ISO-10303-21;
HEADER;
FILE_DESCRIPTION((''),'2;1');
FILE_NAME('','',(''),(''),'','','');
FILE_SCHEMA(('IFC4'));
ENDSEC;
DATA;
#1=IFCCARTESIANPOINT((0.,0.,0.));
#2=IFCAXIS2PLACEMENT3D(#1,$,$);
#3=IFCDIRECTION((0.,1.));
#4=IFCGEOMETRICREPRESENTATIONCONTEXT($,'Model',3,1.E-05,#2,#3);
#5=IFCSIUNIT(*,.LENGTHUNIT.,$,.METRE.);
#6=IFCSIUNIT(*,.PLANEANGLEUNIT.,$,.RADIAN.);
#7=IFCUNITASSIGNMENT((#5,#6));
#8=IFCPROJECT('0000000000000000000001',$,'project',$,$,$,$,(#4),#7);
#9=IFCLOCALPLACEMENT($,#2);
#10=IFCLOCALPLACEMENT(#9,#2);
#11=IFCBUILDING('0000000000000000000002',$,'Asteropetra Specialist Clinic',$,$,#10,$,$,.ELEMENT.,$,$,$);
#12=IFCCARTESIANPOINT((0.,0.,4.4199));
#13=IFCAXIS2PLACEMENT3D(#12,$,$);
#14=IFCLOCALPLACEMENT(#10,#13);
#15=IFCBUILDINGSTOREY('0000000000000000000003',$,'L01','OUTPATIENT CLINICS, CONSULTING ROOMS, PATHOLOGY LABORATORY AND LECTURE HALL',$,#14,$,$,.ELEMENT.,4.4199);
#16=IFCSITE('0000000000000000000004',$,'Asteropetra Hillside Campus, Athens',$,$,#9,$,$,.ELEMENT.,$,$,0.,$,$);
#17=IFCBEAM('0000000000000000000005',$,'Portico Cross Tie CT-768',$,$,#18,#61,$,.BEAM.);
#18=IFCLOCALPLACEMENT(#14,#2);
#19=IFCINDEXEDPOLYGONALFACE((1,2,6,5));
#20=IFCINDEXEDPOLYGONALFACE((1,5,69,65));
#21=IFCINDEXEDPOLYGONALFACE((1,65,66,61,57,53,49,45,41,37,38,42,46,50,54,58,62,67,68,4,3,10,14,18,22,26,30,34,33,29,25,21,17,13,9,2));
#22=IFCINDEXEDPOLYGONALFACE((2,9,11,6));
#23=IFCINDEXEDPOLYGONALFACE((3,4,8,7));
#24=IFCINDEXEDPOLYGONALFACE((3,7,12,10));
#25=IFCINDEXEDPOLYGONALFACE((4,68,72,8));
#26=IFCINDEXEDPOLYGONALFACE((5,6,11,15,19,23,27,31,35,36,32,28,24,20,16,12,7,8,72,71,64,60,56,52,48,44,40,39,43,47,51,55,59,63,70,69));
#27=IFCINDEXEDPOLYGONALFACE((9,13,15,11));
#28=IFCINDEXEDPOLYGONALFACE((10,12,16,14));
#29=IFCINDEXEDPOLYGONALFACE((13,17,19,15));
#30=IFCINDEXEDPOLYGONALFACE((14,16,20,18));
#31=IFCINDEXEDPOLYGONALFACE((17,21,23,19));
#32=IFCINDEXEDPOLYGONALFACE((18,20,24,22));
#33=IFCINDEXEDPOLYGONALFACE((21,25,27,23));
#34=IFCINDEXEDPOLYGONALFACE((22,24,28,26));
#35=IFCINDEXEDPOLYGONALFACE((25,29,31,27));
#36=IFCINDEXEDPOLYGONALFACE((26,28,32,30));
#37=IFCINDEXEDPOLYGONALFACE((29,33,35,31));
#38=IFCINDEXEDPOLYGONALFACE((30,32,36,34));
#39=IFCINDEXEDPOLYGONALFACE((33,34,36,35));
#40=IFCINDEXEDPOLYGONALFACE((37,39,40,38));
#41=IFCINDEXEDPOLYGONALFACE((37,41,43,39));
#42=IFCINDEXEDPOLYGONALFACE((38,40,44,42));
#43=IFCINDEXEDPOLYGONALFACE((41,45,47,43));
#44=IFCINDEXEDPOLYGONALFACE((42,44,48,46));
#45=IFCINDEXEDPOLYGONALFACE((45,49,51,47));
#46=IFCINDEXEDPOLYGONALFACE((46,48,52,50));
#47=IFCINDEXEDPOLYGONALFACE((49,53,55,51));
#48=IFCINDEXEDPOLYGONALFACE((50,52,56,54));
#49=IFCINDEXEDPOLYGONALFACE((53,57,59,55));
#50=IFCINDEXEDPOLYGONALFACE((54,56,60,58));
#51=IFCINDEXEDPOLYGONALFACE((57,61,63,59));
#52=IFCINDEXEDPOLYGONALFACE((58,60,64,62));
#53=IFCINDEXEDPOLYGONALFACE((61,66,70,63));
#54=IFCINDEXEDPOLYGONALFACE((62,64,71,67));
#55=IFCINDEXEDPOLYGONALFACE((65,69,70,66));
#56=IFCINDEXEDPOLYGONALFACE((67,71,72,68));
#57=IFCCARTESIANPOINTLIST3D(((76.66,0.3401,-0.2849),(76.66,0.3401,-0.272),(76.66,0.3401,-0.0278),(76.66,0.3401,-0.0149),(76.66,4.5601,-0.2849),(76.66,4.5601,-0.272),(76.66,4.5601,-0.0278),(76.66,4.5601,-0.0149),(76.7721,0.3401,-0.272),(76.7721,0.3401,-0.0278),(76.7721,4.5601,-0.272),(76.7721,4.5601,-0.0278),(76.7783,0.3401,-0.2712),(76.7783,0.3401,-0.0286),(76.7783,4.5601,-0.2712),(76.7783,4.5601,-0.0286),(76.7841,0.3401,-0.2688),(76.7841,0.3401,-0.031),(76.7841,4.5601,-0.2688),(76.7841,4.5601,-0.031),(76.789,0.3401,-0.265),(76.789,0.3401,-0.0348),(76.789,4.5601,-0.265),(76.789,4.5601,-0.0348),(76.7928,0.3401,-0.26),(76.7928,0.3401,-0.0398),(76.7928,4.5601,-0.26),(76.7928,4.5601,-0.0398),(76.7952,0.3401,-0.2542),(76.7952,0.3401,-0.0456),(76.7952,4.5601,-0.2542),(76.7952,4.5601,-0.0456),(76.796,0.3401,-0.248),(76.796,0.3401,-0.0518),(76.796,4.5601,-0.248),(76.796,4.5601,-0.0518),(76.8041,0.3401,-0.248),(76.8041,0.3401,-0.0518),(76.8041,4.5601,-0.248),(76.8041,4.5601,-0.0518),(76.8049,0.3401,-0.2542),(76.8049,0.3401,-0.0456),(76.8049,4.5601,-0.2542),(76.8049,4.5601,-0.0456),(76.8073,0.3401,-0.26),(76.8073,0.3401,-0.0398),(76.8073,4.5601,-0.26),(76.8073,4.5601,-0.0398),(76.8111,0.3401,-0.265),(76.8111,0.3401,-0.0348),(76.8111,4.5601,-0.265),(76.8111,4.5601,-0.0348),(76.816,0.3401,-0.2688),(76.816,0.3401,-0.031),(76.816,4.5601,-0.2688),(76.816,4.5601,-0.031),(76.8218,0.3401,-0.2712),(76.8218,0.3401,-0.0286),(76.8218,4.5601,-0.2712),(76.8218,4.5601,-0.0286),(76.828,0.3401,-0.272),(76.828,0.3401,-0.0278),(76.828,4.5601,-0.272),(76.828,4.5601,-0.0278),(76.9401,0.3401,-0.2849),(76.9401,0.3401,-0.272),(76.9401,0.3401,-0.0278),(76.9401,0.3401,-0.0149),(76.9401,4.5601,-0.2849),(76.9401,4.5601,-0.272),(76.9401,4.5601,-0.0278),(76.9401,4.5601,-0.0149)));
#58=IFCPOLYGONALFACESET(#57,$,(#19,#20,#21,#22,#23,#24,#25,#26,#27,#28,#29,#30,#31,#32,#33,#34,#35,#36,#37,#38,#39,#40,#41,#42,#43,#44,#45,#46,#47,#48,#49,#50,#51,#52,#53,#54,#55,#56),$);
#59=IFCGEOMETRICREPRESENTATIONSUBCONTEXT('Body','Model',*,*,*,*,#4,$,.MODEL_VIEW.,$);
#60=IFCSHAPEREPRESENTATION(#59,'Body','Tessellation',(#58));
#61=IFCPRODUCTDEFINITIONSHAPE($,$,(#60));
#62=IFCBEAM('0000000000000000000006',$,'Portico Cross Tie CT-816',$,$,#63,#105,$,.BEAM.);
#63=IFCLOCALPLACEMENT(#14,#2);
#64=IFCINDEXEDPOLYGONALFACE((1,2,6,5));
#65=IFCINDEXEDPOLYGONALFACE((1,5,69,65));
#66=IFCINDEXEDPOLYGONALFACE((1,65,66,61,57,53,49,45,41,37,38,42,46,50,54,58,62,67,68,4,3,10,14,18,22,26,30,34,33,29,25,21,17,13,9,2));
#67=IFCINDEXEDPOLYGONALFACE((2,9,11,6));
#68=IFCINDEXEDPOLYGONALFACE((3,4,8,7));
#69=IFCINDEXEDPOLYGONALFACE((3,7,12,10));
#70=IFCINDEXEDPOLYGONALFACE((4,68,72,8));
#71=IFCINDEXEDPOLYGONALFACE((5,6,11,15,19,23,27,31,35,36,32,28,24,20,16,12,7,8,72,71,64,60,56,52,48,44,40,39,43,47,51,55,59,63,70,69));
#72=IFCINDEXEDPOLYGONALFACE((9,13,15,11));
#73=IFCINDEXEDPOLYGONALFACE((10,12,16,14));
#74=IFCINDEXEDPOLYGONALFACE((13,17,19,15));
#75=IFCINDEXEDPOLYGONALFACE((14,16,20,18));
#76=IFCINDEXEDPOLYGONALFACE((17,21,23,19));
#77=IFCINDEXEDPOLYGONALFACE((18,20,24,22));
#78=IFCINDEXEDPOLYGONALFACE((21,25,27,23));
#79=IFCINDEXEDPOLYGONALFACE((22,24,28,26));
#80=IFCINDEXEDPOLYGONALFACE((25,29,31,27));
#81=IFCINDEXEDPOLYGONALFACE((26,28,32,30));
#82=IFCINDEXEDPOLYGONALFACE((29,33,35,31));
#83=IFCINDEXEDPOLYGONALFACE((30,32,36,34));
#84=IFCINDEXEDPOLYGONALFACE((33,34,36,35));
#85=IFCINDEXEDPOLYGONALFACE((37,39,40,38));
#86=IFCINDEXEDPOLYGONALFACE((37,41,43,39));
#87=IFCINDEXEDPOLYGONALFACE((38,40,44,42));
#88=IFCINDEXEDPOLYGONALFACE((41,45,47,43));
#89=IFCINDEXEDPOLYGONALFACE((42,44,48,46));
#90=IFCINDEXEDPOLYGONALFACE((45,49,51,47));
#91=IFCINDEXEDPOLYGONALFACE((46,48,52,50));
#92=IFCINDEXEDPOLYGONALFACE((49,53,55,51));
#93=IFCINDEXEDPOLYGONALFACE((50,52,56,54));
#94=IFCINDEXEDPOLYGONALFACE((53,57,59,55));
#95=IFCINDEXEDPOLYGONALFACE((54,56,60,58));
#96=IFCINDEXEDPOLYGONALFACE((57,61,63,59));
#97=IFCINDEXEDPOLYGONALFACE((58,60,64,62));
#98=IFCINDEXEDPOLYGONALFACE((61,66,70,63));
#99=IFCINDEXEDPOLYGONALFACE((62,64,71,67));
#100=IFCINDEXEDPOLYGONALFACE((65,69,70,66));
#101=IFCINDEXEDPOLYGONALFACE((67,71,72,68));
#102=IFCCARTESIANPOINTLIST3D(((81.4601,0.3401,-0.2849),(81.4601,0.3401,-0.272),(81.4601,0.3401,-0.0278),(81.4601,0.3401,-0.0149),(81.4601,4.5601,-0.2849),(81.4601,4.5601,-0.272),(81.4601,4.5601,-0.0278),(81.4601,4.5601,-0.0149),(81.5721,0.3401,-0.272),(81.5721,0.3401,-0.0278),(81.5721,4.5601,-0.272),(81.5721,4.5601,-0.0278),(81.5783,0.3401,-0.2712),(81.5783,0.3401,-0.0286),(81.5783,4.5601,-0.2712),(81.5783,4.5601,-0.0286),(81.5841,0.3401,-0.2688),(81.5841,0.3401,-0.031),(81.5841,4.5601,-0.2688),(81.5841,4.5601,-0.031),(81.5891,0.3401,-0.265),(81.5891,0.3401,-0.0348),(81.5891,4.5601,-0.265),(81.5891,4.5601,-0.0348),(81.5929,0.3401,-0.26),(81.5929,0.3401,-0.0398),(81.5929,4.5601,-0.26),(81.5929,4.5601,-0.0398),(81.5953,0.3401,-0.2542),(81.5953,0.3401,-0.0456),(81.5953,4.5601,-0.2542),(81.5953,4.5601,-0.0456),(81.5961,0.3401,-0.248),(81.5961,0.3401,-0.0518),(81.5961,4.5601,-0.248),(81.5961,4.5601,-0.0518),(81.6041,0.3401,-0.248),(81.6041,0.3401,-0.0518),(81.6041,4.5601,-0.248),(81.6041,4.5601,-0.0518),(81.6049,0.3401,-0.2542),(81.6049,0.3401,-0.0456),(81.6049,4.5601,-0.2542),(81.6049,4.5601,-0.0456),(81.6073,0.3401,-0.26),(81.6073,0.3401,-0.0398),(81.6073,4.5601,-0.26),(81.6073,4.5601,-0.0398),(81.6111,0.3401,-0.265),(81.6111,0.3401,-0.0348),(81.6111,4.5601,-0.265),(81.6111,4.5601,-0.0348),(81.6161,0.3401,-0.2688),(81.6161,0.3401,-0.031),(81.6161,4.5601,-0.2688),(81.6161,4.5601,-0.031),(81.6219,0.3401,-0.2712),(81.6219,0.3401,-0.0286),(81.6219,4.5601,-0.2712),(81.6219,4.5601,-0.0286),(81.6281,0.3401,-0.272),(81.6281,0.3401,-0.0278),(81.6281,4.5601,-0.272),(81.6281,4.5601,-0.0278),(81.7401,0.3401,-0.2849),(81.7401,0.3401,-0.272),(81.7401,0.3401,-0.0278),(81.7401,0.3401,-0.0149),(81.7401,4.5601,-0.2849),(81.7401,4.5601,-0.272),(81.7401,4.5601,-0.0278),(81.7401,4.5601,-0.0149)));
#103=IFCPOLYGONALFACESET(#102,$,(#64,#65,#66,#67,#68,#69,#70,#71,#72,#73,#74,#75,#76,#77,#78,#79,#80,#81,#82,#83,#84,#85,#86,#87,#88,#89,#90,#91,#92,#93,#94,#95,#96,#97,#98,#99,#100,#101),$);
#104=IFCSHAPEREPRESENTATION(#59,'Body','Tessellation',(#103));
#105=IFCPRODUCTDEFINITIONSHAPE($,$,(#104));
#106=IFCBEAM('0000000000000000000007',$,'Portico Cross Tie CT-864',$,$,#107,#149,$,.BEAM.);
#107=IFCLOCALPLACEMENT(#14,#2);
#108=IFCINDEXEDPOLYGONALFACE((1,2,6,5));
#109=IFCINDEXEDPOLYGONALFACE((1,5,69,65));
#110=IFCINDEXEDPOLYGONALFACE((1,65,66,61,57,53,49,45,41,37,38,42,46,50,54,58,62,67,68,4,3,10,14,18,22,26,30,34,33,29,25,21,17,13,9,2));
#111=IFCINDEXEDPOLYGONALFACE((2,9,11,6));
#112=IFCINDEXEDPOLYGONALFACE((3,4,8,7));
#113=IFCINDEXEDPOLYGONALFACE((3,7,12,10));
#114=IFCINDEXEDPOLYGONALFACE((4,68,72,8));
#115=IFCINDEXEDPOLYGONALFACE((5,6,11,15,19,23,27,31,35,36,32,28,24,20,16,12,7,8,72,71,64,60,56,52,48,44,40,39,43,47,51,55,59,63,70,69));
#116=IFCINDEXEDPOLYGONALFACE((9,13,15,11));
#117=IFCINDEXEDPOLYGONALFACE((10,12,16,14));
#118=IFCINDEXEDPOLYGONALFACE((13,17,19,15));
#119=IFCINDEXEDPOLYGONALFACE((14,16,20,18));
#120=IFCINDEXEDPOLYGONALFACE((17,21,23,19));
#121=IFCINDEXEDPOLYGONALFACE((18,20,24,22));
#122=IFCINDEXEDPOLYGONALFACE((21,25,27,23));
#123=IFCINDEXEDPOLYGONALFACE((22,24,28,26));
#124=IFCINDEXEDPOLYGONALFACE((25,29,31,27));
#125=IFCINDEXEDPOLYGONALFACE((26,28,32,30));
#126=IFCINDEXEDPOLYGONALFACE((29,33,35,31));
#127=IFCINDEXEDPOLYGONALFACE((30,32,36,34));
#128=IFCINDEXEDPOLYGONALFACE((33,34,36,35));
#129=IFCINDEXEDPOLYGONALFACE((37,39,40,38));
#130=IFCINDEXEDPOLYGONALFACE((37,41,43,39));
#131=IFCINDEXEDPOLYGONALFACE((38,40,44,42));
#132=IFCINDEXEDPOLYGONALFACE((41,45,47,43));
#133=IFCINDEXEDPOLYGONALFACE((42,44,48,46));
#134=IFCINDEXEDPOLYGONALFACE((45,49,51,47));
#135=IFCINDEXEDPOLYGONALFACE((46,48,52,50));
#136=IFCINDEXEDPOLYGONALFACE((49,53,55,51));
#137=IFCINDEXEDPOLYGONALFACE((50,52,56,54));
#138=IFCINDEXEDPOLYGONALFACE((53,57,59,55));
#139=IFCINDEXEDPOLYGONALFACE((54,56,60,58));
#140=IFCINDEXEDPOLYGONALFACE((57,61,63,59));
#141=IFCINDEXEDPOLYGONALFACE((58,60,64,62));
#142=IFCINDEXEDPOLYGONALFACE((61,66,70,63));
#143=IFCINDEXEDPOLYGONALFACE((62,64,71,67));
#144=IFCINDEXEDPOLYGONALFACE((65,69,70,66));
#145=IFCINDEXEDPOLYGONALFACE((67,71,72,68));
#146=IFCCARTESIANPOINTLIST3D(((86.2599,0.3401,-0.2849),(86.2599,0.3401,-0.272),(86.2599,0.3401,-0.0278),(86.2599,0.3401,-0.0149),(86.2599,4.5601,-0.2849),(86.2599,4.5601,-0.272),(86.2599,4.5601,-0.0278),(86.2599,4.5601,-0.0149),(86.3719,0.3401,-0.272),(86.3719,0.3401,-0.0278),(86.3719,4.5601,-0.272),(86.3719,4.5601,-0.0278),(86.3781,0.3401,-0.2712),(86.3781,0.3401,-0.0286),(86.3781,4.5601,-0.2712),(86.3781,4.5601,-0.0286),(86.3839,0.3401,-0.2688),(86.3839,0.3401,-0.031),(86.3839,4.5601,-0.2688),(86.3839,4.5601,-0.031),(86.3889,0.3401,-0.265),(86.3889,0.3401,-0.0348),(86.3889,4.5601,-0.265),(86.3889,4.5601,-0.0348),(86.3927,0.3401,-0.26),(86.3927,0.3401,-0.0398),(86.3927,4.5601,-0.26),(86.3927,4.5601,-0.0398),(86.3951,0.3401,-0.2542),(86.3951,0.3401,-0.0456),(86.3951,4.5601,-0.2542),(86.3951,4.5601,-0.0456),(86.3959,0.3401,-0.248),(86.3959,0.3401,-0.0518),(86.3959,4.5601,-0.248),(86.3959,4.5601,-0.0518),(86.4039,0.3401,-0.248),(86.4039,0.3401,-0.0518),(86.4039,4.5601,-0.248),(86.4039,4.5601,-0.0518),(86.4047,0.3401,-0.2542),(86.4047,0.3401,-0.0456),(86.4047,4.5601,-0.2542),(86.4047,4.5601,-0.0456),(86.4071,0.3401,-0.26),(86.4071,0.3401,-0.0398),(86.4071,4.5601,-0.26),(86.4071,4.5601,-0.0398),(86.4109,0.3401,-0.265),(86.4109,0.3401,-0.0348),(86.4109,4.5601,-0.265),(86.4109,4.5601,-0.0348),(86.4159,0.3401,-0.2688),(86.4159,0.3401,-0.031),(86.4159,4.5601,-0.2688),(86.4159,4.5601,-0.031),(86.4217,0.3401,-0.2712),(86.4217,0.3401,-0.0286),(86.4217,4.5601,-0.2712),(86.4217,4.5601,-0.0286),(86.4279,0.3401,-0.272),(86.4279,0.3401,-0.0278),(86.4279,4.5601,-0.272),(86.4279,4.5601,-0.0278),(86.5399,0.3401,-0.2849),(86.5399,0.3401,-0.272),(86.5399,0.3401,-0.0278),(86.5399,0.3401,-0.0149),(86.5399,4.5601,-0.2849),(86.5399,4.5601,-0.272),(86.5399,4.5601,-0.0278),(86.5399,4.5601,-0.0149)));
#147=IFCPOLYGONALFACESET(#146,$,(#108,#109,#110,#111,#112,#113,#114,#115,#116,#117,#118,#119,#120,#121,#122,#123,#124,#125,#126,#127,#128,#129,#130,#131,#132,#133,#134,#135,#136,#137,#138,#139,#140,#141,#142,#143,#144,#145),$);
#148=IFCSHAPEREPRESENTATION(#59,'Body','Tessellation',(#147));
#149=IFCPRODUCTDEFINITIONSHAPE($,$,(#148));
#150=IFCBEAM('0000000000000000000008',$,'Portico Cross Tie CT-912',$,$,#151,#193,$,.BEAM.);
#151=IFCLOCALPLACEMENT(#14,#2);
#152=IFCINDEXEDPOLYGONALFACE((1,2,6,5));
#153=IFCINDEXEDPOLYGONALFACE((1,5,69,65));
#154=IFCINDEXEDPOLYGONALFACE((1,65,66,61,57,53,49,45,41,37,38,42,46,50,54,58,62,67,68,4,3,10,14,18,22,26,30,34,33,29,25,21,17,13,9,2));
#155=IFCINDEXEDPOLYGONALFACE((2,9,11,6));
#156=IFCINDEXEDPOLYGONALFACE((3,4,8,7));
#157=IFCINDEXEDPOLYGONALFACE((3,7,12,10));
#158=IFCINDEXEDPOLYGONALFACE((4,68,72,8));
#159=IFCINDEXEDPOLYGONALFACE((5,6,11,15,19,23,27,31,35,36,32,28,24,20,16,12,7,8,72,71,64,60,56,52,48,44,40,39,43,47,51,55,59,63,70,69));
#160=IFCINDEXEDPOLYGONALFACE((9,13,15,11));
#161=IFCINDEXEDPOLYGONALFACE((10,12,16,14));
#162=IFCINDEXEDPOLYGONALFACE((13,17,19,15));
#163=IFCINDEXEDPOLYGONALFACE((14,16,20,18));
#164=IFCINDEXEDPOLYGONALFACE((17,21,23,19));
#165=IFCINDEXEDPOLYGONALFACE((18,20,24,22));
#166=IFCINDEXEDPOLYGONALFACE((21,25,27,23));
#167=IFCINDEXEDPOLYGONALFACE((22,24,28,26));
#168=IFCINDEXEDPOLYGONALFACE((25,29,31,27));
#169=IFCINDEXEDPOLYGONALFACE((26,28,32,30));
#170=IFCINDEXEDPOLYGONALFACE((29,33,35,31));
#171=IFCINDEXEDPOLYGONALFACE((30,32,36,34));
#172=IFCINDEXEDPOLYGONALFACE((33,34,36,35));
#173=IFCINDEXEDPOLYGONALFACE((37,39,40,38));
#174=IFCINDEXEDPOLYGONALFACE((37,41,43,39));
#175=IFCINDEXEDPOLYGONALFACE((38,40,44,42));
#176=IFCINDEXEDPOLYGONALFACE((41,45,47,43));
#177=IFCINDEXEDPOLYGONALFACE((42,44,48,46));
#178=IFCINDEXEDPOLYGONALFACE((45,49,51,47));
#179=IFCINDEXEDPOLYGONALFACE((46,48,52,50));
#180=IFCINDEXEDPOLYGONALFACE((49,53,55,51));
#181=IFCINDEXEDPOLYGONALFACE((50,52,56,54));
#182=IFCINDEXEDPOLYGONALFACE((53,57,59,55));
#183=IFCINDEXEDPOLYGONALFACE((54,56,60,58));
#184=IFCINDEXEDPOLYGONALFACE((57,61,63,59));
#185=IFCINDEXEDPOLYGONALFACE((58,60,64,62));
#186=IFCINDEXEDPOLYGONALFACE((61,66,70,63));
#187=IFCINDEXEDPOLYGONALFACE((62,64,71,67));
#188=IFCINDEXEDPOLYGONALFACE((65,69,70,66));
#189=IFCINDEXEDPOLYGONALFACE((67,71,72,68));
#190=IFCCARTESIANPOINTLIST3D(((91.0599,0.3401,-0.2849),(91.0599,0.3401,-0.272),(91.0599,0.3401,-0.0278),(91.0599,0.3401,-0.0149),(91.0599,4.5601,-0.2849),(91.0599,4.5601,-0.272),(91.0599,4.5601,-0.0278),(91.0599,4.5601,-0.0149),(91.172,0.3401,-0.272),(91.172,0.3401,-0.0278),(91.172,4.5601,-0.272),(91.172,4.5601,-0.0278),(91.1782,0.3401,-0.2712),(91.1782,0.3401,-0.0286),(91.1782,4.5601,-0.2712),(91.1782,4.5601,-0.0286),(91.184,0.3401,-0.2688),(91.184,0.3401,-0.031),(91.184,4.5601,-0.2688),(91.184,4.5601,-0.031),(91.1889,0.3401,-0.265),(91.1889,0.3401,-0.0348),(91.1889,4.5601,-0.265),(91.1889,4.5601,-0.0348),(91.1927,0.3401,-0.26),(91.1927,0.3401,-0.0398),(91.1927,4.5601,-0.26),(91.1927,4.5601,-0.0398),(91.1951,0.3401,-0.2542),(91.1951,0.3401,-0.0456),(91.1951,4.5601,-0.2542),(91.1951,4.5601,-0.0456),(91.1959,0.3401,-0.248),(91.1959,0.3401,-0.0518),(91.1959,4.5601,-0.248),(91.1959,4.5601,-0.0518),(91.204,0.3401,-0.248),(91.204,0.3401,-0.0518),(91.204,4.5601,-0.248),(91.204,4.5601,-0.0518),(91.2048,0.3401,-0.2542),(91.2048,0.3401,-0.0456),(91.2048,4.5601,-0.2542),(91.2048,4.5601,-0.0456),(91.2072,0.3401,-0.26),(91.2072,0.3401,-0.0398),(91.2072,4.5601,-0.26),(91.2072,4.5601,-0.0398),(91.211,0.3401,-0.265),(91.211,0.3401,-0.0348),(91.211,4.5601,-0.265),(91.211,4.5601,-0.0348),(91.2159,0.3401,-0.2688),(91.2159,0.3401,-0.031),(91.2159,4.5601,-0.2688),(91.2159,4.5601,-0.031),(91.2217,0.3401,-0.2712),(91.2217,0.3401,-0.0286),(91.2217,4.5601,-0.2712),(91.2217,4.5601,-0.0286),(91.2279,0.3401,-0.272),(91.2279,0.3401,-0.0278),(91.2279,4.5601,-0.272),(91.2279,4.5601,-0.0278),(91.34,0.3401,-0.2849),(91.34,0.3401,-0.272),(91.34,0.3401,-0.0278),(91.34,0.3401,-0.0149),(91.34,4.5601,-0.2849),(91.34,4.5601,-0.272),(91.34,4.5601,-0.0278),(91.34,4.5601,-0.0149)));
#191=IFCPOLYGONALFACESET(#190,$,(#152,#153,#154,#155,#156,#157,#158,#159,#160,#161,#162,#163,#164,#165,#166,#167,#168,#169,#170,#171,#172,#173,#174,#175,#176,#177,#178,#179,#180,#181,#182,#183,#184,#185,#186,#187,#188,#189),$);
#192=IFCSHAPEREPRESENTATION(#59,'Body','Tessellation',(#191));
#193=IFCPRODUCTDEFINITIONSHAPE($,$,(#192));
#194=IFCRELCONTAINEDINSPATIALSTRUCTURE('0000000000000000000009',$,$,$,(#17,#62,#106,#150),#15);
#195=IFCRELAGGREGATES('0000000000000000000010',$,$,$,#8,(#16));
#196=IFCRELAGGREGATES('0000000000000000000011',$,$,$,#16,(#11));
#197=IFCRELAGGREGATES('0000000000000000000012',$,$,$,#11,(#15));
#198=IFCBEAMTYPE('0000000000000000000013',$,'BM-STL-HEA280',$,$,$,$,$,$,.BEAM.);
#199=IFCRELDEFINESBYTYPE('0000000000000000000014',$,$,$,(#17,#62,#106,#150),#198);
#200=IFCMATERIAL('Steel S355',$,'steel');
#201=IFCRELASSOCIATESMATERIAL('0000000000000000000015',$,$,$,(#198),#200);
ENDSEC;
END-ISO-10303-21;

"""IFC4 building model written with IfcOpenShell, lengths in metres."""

from ifc_helpers import new_model, si_unit, direction, frame, origin, origin_2d, place, context, subcontext, project, spatial, i_section, extrude, material, material_profile, profile_set, type_object, element, save


model = new_model("IFC4")

# Units and contexts
model_context = context("Model", 3, precision=1e-05, world=origin(), true_north=direction((0.0, 1.0)))
body_context = subcontext(model_context, "Body", "Model", "MODEL_VIEW")
ifc_project = project(units=[si_unit("LENGTHUNIT", "METRE"), si_unit("PLANEANGLEUNIT", "RADIAN")], contexts=[model_context])

# Site, building, storey
site_placement = place(None, origin())
site = spatial("IfcSite", under=ifc_project, at=site_placement, Name="Asteropetra Hillside Campus, Athens", CompositionType="ELEMENT", RefElevation=0.0)
building_placement = place(site_placement, origin())
building = spatial("IfcBuilding", under=site, at=building_placement, Name="Asteropetra Specialist Clinic", CompositionType="ELEMENT")
storey_placement = place(building_placement, frame((0.0, 0.0, 4.4199)))
storey = spatial("IfcBuildingStorey", under=building, at=storey_placement, Name="L01", Description="OUTPATIENT CLINICS, CONSULTING ROOMS, PATHOLOGY LABORATORY AND LECTURE HALL", CompositionType="ELEMENT", Elevation=4.4199)

# Beams
ifc_material_1 = material(Name="Steel S355", Category="steel")
ifc_material_profile_1 = material_profile(ifc_material_1, i_section(OverallWidth=0.28, OverallDepth=0.27, WebThickness=0.0081, FlangeThickness=0.0129, FilletRadius=0.0239, at=origin_2d()), Name="HEA 280")
ifc_profile_set_1 = profile_set([ifc_material_profile_1], Name="Steel S355")
beam_type_1 = type_object("IfcBeamType", Name="BM-STL-HEA280", PredefinedType="BEAM", material=ifc_profile_set_1)
for number, where, z_axis, x_axis, name in (
    (1, (76.8, 0.3401, -0.1499), (0.0, 1.0, 0.0), (-1.0, 0.0, 0.0), "Portico Cross Tie CT-768"),
    (2, (81.6001, 0.3401, -0.1499), (0.0, 1.0, 0.0), (-1.0, 0.0, 0.0), "Portico Cross Tie CT-816"),
    (3, (86.3999, 0.3401, -0.1499), (0.0, 1.0, 0.0), (-1.0, 0.0, 0.0), "Portico Cross Tie CT-864"),
    (4, (91.2, 0.3401, -0.1499), (0.0, 1.0, 0.0), (-1.0, 0.0, 0.0), "Portico Cross Tie CT-912"),
):
    element("IfcBeam", number, at=place(storey_placement, frame(where, z_axis=z_axis, x_axis=x_axis)), inside=storey, type_object=beam_type_1, Name=name, PredefinedType="BEAM", context=body_context, shape_type="SweptSolid", body=[
        extrude(i_section(OverallWidth=0.28, OverallDepth=0.27, WebThickness=0.0081, FlangeThickness=0.0129, FilletRadius=0.0239, at=origin_2d()), origin(), (0.0, 0.0, 1.0), 4.22),
    ])

save(model, "model.ifc")
